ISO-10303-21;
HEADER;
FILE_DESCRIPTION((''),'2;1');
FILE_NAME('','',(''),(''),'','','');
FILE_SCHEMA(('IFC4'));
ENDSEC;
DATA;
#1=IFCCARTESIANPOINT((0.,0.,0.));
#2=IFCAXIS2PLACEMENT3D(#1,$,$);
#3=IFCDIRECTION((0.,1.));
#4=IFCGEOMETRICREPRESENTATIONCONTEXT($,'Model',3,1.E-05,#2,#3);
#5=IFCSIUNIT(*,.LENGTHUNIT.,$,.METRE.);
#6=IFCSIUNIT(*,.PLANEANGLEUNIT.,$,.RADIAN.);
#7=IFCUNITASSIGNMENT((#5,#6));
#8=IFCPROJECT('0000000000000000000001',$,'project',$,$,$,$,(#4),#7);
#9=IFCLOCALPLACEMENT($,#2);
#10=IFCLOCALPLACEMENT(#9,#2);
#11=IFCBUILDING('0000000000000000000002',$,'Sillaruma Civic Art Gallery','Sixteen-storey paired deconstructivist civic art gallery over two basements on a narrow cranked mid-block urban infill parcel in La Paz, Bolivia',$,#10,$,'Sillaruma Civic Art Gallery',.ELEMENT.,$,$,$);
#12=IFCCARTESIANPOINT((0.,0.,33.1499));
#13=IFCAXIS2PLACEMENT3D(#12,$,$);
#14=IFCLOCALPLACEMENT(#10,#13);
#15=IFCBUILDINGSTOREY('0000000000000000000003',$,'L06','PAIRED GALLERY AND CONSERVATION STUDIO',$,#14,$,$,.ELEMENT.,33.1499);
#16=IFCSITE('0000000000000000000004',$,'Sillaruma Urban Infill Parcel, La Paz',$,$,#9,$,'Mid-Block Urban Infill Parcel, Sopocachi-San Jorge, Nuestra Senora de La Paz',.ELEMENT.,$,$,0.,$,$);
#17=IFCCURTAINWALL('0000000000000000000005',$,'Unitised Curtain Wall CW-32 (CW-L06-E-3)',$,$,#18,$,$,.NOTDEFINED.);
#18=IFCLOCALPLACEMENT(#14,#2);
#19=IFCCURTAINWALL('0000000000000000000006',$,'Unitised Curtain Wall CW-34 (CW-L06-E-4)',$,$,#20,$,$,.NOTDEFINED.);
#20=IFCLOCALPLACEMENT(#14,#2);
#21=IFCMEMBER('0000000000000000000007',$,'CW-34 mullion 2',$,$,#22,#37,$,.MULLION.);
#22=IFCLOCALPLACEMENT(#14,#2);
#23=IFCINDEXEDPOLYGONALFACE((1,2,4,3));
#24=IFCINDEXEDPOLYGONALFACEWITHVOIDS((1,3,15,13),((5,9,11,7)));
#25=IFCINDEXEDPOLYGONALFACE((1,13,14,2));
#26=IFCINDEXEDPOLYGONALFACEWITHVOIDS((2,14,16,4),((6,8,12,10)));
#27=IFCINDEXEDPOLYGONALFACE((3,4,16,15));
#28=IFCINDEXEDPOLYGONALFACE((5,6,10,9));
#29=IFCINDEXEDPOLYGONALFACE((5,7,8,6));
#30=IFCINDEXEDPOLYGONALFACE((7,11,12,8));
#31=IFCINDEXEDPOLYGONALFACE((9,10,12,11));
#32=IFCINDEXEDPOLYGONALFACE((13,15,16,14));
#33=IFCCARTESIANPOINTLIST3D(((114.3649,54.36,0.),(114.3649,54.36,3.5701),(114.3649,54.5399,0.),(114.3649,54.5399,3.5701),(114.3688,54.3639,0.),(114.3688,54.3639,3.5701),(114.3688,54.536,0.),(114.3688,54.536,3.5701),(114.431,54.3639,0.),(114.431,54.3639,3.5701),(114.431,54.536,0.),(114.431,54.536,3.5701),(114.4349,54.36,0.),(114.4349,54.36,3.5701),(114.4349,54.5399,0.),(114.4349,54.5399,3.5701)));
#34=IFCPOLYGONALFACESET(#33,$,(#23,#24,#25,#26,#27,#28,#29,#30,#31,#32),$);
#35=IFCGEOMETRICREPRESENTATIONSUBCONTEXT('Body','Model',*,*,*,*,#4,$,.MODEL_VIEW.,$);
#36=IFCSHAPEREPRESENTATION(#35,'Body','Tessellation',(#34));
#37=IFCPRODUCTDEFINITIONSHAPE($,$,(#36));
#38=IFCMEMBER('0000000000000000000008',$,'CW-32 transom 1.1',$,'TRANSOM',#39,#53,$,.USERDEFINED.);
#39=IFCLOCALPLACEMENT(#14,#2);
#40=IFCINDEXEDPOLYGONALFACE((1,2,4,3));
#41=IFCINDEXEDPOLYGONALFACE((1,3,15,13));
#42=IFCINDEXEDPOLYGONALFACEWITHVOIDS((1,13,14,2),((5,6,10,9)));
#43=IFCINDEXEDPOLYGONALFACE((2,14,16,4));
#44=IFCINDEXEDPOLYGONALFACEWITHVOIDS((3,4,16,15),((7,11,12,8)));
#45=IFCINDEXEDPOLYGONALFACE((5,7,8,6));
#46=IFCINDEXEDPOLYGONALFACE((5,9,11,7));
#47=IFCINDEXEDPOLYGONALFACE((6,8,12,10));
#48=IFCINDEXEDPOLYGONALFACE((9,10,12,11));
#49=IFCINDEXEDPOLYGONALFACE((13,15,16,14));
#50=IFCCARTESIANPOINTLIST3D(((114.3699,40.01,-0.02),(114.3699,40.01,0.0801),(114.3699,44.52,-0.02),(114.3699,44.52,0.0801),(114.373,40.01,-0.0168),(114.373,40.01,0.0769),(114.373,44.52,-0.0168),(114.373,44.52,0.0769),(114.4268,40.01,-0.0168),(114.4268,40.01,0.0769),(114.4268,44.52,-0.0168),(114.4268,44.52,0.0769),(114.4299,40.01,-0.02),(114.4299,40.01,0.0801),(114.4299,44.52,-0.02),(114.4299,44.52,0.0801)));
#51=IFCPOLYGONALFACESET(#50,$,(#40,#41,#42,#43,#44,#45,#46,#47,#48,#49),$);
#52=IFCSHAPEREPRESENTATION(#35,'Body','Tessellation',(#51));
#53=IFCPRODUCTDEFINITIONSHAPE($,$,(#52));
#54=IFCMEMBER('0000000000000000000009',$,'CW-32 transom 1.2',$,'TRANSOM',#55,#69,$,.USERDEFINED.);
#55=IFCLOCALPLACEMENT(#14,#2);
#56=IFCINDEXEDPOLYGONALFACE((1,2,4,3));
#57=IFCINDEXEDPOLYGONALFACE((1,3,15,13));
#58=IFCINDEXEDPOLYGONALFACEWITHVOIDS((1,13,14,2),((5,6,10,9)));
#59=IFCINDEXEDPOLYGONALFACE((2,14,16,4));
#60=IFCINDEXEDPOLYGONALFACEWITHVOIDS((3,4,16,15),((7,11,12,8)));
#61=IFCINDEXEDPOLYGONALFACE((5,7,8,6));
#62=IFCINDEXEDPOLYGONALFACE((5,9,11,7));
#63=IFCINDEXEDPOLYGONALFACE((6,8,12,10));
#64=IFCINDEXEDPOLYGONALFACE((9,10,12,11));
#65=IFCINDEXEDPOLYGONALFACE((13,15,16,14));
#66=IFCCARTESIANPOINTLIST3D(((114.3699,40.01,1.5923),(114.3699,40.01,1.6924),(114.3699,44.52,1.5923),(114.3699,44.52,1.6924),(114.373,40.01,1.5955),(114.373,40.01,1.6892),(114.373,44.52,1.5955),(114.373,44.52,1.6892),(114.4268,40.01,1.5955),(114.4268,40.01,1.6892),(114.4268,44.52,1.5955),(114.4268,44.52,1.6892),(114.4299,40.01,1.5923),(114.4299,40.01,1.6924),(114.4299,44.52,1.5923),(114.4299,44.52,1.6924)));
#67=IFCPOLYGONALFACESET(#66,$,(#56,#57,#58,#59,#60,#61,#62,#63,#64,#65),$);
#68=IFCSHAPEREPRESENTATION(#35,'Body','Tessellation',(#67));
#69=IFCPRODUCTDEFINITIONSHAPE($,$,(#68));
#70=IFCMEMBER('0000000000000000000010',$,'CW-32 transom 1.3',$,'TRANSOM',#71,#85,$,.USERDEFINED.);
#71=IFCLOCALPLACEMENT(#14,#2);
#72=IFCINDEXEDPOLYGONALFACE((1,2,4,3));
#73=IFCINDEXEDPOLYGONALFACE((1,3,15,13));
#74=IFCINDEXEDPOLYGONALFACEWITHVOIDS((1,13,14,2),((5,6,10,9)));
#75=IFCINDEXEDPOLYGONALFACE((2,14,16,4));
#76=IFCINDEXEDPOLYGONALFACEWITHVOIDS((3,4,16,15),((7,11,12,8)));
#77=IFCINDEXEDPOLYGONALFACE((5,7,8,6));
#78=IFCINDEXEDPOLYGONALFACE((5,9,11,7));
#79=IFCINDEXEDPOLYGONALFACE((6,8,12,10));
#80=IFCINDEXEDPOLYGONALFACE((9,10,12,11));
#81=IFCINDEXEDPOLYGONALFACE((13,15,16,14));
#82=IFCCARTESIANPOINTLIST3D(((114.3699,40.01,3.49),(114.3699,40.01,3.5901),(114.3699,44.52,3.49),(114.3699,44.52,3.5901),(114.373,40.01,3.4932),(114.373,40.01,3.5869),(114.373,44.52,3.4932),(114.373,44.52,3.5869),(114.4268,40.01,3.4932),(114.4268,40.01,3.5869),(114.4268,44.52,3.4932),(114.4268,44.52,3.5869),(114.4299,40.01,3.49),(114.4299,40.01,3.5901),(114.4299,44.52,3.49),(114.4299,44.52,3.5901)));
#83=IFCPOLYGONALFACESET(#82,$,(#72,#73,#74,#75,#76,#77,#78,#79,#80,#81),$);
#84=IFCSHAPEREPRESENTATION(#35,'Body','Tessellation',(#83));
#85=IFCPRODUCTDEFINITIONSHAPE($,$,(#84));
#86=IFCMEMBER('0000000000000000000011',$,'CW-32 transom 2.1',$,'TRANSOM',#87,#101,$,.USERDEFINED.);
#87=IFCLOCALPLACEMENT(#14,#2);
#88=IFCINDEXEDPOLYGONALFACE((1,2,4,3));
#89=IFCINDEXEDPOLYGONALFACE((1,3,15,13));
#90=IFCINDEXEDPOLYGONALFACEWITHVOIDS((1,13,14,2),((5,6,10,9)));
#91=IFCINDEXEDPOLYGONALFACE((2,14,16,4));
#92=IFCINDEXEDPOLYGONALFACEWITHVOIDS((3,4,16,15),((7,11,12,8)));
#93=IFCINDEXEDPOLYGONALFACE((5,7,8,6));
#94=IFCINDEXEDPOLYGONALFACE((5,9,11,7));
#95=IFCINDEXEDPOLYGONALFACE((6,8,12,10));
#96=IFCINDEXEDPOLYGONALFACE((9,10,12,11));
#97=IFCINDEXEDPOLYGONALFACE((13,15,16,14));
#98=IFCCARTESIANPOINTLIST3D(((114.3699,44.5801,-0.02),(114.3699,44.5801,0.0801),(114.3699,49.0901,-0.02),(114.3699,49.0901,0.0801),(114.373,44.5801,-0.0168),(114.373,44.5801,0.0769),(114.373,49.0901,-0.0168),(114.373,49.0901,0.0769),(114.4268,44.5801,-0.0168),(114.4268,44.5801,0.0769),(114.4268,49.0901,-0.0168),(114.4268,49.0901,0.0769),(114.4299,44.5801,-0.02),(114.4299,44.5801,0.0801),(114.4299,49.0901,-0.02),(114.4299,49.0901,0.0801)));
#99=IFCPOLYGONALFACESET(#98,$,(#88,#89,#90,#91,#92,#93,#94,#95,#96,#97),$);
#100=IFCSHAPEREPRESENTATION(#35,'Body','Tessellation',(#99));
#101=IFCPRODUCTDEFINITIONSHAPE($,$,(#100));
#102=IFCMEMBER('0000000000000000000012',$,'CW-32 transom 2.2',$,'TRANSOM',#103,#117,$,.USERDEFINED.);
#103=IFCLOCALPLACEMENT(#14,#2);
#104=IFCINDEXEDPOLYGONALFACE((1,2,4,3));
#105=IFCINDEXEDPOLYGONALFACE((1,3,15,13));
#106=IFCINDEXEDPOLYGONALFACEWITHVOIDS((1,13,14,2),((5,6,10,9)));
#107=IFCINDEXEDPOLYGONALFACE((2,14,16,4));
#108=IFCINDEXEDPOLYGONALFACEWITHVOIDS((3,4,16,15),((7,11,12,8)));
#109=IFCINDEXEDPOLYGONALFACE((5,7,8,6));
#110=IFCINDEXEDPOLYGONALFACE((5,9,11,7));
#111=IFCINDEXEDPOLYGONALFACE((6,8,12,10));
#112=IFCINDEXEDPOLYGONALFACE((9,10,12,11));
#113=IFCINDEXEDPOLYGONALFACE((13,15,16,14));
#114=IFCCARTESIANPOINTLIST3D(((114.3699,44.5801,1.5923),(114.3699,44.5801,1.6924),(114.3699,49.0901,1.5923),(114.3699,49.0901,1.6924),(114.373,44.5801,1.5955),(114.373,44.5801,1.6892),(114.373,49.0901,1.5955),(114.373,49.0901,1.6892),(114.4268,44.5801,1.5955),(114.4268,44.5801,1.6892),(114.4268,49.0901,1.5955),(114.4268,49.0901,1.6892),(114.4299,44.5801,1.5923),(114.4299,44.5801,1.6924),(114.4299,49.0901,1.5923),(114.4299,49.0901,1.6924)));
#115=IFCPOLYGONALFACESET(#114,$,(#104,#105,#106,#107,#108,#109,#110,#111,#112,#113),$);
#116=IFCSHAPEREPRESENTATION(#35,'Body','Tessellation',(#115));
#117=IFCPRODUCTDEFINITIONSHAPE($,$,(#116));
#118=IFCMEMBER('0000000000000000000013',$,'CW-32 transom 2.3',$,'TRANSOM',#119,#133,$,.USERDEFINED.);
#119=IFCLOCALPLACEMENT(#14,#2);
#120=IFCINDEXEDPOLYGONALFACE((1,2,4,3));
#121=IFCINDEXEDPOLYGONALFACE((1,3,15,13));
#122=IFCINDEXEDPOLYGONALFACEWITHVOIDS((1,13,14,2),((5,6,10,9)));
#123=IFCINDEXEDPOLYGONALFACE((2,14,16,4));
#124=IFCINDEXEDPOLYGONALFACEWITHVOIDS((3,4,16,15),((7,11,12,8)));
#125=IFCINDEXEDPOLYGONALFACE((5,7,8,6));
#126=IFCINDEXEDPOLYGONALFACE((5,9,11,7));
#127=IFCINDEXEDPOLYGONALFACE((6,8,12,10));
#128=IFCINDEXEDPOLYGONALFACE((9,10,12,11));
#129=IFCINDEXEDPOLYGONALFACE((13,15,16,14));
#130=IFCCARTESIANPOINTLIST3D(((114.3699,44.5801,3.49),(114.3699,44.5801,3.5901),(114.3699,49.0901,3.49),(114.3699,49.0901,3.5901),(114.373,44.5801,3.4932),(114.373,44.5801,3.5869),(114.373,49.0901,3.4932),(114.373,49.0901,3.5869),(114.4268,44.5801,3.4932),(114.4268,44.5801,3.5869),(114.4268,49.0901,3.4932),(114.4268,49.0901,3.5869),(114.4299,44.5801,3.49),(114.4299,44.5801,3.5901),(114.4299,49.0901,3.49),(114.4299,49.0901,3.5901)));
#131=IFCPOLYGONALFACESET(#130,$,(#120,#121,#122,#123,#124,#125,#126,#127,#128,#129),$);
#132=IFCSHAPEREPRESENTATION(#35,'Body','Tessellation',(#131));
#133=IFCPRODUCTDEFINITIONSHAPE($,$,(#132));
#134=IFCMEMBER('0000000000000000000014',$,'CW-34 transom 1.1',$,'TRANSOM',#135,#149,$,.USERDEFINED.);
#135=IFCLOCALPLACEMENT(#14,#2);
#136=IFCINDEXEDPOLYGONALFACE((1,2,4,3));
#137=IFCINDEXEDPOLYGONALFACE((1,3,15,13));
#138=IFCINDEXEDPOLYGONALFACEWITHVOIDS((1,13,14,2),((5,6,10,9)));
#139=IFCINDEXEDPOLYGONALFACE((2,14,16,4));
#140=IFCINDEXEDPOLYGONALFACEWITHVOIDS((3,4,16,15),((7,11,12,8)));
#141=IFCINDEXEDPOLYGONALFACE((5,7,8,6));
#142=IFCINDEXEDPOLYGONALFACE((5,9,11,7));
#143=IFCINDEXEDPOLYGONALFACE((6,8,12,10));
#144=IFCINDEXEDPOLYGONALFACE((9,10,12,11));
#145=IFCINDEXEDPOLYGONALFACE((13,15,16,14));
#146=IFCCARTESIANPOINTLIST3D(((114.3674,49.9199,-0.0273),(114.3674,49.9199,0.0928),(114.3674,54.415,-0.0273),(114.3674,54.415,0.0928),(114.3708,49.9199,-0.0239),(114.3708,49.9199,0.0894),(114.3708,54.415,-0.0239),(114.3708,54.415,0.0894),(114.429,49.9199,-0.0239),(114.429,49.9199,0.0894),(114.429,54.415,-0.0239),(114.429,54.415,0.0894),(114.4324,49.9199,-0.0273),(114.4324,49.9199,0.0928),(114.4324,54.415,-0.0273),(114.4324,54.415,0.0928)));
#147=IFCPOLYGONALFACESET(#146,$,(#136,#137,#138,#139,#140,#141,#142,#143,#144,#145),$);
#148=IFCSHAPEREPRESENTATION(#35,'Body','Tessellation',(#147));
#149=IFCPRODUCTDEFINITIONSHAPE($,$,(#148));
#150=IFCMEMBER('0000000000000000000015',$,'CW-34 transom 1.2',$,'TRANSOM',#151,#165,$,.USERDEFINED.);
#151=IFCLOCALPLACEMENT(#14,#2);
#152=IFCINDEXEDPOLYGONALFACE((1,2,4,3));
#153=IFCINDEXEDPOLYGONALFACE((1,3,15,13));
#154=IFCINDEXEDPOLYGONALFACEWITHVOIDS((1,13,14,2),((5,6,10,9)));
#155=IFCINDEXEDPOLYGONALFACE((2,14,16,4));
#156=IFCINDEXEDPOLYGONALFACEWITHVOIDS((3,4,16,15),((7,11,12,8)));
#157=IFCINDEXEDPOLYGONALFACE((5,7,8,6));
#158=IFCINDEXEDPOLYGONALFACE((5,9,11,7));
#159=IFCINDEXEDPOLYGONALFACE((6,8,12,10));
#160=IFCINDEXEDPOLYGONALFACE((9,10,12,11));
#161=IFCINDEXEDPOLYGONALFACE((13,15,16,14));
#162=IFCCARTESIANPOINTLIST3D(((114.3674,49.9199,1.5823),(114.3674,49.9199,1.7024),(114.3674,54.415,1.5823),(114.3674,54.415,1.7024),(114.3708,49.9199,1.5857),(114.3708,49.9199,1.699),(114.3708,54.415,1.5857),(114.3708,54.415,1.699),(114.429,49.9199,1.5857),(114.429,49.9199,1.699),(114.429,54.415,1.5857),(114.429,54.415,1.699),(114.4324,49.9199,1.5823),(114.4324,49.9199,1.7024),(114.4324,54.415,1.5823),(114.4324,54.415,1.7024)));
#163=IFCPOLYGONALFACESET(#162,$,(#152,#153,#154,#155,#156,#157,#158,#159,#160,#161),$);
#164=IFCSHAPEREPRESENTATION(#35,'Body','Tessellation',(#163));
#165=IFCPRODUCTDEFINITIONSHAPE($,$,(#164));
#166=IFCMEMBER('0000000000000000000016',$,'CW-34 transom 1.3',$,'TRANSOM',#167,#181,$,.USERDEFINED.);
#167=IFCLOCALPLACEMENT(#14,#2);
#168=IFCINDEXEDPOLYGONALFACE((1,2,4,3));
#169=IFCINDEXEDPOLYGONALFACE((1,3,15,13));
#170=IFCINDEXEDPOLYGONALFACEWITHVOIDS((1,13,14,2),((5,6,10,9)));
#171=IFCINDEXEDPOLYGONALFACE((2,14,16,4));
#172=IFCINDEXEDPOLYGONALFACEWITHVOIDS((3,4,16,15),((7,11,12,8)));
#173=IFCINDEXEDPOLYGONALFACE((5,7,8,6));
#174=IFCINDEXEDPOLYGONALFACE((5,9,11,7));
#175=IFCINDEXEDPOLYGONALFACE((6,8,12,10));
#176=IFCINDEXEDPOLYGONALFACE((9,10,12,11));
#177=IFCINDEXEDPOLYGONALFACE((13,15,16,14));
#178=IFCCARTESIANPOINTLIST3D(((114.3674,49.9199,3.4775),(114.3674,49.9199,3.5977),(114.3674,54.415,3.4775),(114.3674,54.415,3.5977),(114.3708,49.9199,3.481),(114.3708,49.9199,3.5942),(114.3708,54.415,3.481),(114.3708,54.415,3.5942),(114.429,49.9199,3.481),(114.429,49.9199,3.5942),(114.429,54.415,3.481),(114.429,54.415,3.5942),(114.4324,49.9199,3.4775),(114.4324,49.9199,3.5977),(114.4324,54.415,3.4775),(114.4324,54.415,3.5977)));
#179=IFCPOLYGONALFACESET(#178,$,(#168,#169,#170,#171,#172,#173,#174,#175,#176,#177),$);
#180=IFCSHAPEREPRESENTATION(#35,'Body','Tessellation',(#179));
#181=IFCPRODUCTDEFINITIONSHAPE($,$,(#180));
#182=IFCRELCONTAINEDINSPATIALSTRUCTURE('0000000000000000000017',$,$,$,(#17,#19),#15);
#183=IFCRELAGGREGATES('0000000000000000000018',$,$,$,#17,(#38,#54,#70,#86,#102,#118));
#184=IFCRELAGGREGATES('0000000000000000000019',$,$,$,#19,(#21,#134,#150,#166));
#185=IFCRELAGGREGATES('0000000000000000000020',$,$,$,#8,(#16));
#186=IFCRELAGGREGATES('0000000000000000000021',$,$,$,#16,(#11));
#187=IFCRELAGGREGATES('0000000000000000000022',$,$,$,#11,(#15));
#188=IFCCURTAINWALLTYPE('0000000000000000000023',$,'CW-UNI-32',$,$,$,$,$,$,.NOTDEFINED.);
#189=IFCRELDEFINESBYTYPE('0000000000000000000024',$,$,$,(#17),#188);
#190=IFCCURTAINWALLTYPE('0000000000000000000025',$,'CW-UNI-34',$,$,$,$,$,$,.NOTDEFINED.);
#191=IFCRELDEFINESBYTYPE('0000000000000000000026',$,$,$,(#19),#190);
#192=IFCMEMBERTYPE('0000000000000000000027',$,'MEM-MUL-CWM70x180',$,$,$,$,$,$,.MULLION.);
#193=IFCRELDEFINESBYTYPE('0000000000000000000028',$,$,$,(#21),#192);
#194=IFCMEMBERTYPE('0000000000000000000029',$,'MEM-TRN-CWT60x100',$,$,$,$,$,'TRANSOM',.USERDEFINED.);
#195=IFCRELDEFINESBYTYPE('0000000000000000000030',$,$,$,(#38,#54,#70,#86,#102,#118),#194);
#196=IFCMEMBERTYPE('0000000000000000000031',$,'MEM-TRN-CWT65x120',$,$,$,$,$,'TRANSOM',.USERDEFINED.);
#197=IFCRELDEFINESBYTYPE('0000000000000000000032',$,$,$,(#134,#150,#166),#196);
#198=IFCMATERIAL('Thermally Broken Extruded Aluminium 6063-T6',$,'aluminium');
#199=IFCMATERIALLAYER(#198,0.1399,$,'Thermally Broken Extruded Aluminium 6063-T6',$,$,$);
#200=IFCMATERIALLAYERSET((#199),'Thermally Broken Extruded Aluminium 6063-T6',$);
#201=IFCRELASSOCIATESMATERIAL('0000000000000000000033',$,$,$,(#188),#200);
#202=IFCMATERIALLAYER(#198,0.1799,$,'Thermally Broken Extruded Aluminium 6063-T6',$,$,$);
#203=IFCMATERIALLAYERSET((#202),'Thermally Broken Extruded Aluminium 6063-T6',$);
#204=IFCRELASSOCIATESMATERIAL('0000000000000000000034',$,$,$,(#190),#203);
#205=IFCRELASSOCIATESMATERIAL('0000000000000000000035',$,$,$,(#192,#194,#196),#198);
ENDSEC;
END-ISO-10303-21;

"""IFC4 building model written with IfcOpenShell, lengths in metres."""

from ifc_helpers import new_model, si_unit, direction, frame, origin, origin_2d, place, context, subcontext, project, spatial, hollow_rectangle, extrude, material, layer, layer_set, material_profile, profile_set, type_object, element, aggregate, save


model = new_model("IFC4")

# Units and contexts
model_context = context("Model", 3, precision=1e-05, world=origin(), true_north=direction((0.0, 1.0)))
body_context = subcontext(model_context, "Body", "Model", "MODEL_VIEW")
ifc_project = project(units=[si_unit("LENGTHUNIT", "METRE"), si_unit("PLANEANGLEUNIT", "RADIAN")], contexts=[model_context])

# Site, building, storey
site_placement = place(None, origin())
site = spatial("IfcSite", under=ifc_project, at=site_placement, Name="Sillaruma Urban Infill Parcel, La Paz", LongName="Mid-Block Urban Infill Parcel, Sopocachi-San Jorge, Nuestra Senora de La Paz", CompositionType="ELEMENT", RefElevation=0.0)
building_placement = place(site_placement, origin())
building = spatial("IfcBuilding", under=site, at=building_placement, Name="Sillaruma Civic Art Gallery", Description="Sixteen-storey paired deconstructivist civic art gallery over two basements on a narrow cranked mid-block urban infill parcel in La Paz, Bolivia", LongName="Sillaruma Civic Art Gallery", CompositionType="ELEMENT")
storey_placement = place(building_placement, frame((0.0, 0.0, 33.1499)))
storey = spatial("IfcBuildingStorey", under=building, at=storey_placement, Name="L06", Description="PAIRED GALLERY AND CONSERVATION STUDIO", CompositionType="ELEMENT", Elevation=33.1499)

# Curtain walls, member
ifc_material_1 = material(Name="Thermally Broken Extruded Aluminium 6063-T6", Category="aluminium")
ifc_layer_1 = layer(ifc_material_1, 0.1399, Name="Thermally Broken Extruded Aluminium 6063-T6")
ifc_layer_set_1 = layer_set([ifc_layer_1], Name="Thermally Broken Extruded Aluminium 6063-T6")
curtain_wall_type_1 = type_object("IfcCurtainWallType", Name="CW-UNI-32", PredefinedType="NOTDEFINED", material=ifc_layer_set_1)
curtain_wall_1_placement = place(storey_placement, origin())
curtain_wall_1 = element("IfcCurtainWall", 1, at=curtain_wall_1_placement, inside=storey, type_object=curtain_wall_type_1, Name="Unitised Curtain Wall CW-32 (CW-L06-E-3)", PredefinedType="NOTDEFINED")
ifc_layer_2 = layer(ifc_material_1, 0.1799, Name="Thermally Broken Extruded Aluminium 6063-T6")
ifc_layer_set_2 = layer_set([ifc_layer_2], Name="Thermally Broken Extruded Aluminium 6063-T6")
curtain_wall_type_2 = type_object("IfcCurtainWallType", Name="CW-UNI-34", PredefinedType="NOTDEFINED", material=ifc_layer_set_2)
curtain_wall_2_placement = place(storey_placement, origin())
curtain_wall_2 = element("IfcCurtainWall", 2, at=curtain_wall_2_placement, inside=storey, type_object=curtain_wall_type_2, Name="Unitised Curtain Wall CW-34 (CW-L06-E-4)", PredefinedType="NOTDEFINED")
ifc_material_profile_1 = material_profile(ifc_material_1, hollow_rectangle(XDim=0.0701, YDim=0.1799, WallThickness=0.0039, at=origin_2d()), Name="CWM70x180")
ifc_profile_set_1 = profile_set([ifc_material_profile_1], Name="Thermally Broken Extruded Aluminium 6063-T6")
member_type_1 = type_object("IfcMemberType", Name="MEM-MUL-CWM70x180", PredefinedType="MULLION", material=ifc_profile_set_1)
member_1_placement = place(storey_placement, frame((114.3999, 54.45, 0.0), z_axis=(0.0, 0.0, 1.0), x_axis=(-1.0, 0.0, 0.0)))
member_1 = element("IfcMember", 3, at=member_1_placement, type_object=member_type_1, Name="CW-34 mullion 2", PredefinedType="MULLION", context=body_context, shape_type="SweptSolid", body=[
    extrude(hollow_rectangle(XDim=0.0701, YDim=0.1799, WallThickness=0.0039, at=origin_2d()), origin(), (0.0, 0.0, 1.0), 3.5701),
])

# Members
ifc_material_profile_2 = material_profile(ifc_material_1, hollow_rectangle(XDim=0.0601, YDim=0.1001, WallThickness=0.0032, at=origin_2d()), Name="CWT60x100")
ifc_profile_set_2 = profile_set([ifc_material_profile_2], Name="Thermally Broken Extruded Aluminium 6063-T6")
member_type_2 = type_object("IfcMemberType", Name="MEM-TRN-CWT60x100", ElementType="TRANSOM", PredefinedType="USERDEFINED", material=ifc_profile_set_2)
member_2_placement = place(storey_placement, frame((114.3999, 40.01, 0.03), z_axis=(0.0, 1.0, 0.0), x_axis=(-1.0, 0.0, 0.0)))
member_2 = element("IfcMember", 4, at=member_2_placement, type_object=member_type_2, Name="CW-32 transom 1.1", ObjectType="TRANSOM", PredefinedType="USERDEFINED", context=body_context, shape_type="SweptSolid", body=[
    extrude(hollow_rectangle(XDim=0.0601, YDim=0.1001, WallThickness=0.0032, at=origin_2d()), origin(), (0.0, 0.0, 1.0), 4.51),
])
member_3_placement = place(storey_placement, frame((114.3999, 40.01, 1.6423), z_axis=(0.0, 1.0, 0.0), x_axis=(-1.0, 0.0, 0.0)))
member_3 = element("IfcMember", 5, at=member_3_placement, type_object=member_type_2, Name="CW-32 transom 1.2", ObjectType="TRANSOM", PredefinedType="USERDEFINED", context=body_context, shape_type="SweptSolid", body=[
    extrude(hollow_rectangle(XDim=0.0601, YDim=0.1001, WallThickness=0.0032, at=origin_2d()), origin(), (0.0, 0.0, 1.0), 4.51),
])
member_4_placement = place(storey_placement, frame((114.3999, 40.01, 3.54), z_axis=(0.0, 1.0, 0.0), x_axis=(-1.0, 0.0, 0.0)))
member_4 = element("IfcMember", 6, at=member_4_placement, type_object=member_type_2, Name="CW-32 transom 1.3", ObjectType="TRANSOM", PredefinedType="USERDEFINED", context=body_context, shape_type="SweptSolid", body=[
    extrude(hollow_rectangle(XDim=0.0601, YDim=0.1001, WallThickness=0.0032, at=origin_2d()), origin(), (0.0, 0.0, 1.0), 4.51),
])
member_5_placement = place(storey_placement, frame((114.3999, 44.5801, 0.03), z_axis=(0.0, 1.0, 0.0), x_axis=(-1.0, 0.0, 0.0)))
member_5 = element("IfcMember", 7, at=member_5_placement, type_object=member_type_2, Name="CW-32 transom 2.1", ObjectType="TRANSOM", PredefinedType="USERDEFINED", context=body_context, shape_type="SweptSolid", body=[
    extrude(hollow_rectangle(XDim=0.0601, YDim=0.1001, WallThickness=0.0032, at=origin_2d()), origin(), (0.0, 0.0, 1.0), 4.51),
])
member_6_placement = place(storey_placement, frame((114.3999, 44.5801, 1.6423), z_axis=(0.0, 1.0, 0.0), x_axis=(-1.0, 0.0, 0.0)))
member_6 = element("IfcMember", 8, at=member_6_placement, type_object=member_type_2, Name="CW-32 transom 2.2", ObjectType="TRANSOM", PredefinedType="USERDEFINED", context=body_context, shape_type="SweptSolid", body=[
    extrude(hollow_rectangle(XDim=0.0601, YDim=0.1001, WallThickness=0.0032, at=origin_2d()), origin(), (0.0, 0.0, 1.0), 4.51),
])
member_7_placement = place(storey_placement, frame((114.3999, 44.5801, 3.54), z_axis=(0.0, 1.0, 0.0), x_axis=(-1.0, 0.0, 0.0)))
member_7 = element("IfcMember", 9, at=member_7_placement, type_object=member_type_2, Name="CW-32 transom 2.3", ObjectType="TRANSOM", PredefinedType="USERDEFINED", context=body_context, shape_type="SweptSolid", body=[
    extrude(hollow_rectangle(XDim=0.0601, YDim=0.1001, WallThickness=0.0032, at=origin_2d()), origin(), (0.0, 0.0, 1.0), 4.51),
])
ifc_material_profile_3 = material_profile(ifc_material_1, hollow_rectangle(XDim=0.0649, YDim=0.1201, WallThickness=0.0034, at=origin_2d()), Name="CWT65x120")
ifc_profile_set_3 = profile_set([ifc_material_profile_3], Name="Thermally Broken Extruded Aluminium 6063-T6")
member_type_3 = type_object("IfcMemberType", Name="MEM-TRN-CWT65x120", ElementType="TRANSOM", PredefinedType="USERDEFINED", material=ifc_profile_set_3)
member_8_placement = place(storey_placement, frame((114.3999, 49.9199, 0.0327), z_axis=(0.0, 1.0, 0.0), x_axis=(-1.0, 0.0, 0.0)))
member_8 = element("IfcMember", 10, at=member_8_placement, type_object=member_type_3, Name="CW-34 transom 1.1", ObjectType="TRANSOM", PredefinedType="USERDEFINED", context=body_context, shape_type="SweptSolid", body=[
    extrude(hollow_rectangle(XDim=0.0649, YDim=0.1201, WallThickness=0.0034, at=origin_2d()), origin(), (0.0, 0.0, 1.0), 4.4951),
])
member_9_placement = place(storey_placement, frame((114.3999, 49.9199, 1.6423), z_axis=(0.0, 1.0, 0.0), x_axis=(-1.0, 0.0, 0.0)))
member_9 = element("IfcMember", 11, at=member_9_placement, type_object=member_type_3, Name="CW-34 transom 1.2", ObjectType="TRANSOM", PredefinedType="USERDEFINED", context=body_context, shape_type="SweptSolid", body=[
    extrude(hollow_rectangle(XDim=0.0649, YDim=0.1201, WallThickness=0.0034, at=origin_2d()), origin(), (0.0, 0.0, 1.0), 4.4951),
])
member_10_placement = place(storey_placement, frame((114.3999, 49.9199, 3.5376), z_axis=(0.0, 1.0, 0.0), x_axis=(-1.0, 0.0, 0.0)))
member_10 = element("IfcMember", 12, at=member_10_placement, type_object=member_type_3, Name="CW-34 transom 1.3", ObjectType="TRANSOM", PredefinedType="USERDEFINED", context=body_context, shape_type="SweptSolid", body=[
    extrude(hollow_rectangle(XDim=0.0649, YDim=0.1201, WallThickness=0.0034, at=origin_2d()), origin(), (0.0, 0.0, 1.0), 4.4951),
])

aggregate(curtain_wall_1, [member_2, member_3, member_4, member_5, member_6, member_7])
aggregate(curtain_wall_2, [member_1, member_8, member_9, member_10])

save(model, "model.ifc")
